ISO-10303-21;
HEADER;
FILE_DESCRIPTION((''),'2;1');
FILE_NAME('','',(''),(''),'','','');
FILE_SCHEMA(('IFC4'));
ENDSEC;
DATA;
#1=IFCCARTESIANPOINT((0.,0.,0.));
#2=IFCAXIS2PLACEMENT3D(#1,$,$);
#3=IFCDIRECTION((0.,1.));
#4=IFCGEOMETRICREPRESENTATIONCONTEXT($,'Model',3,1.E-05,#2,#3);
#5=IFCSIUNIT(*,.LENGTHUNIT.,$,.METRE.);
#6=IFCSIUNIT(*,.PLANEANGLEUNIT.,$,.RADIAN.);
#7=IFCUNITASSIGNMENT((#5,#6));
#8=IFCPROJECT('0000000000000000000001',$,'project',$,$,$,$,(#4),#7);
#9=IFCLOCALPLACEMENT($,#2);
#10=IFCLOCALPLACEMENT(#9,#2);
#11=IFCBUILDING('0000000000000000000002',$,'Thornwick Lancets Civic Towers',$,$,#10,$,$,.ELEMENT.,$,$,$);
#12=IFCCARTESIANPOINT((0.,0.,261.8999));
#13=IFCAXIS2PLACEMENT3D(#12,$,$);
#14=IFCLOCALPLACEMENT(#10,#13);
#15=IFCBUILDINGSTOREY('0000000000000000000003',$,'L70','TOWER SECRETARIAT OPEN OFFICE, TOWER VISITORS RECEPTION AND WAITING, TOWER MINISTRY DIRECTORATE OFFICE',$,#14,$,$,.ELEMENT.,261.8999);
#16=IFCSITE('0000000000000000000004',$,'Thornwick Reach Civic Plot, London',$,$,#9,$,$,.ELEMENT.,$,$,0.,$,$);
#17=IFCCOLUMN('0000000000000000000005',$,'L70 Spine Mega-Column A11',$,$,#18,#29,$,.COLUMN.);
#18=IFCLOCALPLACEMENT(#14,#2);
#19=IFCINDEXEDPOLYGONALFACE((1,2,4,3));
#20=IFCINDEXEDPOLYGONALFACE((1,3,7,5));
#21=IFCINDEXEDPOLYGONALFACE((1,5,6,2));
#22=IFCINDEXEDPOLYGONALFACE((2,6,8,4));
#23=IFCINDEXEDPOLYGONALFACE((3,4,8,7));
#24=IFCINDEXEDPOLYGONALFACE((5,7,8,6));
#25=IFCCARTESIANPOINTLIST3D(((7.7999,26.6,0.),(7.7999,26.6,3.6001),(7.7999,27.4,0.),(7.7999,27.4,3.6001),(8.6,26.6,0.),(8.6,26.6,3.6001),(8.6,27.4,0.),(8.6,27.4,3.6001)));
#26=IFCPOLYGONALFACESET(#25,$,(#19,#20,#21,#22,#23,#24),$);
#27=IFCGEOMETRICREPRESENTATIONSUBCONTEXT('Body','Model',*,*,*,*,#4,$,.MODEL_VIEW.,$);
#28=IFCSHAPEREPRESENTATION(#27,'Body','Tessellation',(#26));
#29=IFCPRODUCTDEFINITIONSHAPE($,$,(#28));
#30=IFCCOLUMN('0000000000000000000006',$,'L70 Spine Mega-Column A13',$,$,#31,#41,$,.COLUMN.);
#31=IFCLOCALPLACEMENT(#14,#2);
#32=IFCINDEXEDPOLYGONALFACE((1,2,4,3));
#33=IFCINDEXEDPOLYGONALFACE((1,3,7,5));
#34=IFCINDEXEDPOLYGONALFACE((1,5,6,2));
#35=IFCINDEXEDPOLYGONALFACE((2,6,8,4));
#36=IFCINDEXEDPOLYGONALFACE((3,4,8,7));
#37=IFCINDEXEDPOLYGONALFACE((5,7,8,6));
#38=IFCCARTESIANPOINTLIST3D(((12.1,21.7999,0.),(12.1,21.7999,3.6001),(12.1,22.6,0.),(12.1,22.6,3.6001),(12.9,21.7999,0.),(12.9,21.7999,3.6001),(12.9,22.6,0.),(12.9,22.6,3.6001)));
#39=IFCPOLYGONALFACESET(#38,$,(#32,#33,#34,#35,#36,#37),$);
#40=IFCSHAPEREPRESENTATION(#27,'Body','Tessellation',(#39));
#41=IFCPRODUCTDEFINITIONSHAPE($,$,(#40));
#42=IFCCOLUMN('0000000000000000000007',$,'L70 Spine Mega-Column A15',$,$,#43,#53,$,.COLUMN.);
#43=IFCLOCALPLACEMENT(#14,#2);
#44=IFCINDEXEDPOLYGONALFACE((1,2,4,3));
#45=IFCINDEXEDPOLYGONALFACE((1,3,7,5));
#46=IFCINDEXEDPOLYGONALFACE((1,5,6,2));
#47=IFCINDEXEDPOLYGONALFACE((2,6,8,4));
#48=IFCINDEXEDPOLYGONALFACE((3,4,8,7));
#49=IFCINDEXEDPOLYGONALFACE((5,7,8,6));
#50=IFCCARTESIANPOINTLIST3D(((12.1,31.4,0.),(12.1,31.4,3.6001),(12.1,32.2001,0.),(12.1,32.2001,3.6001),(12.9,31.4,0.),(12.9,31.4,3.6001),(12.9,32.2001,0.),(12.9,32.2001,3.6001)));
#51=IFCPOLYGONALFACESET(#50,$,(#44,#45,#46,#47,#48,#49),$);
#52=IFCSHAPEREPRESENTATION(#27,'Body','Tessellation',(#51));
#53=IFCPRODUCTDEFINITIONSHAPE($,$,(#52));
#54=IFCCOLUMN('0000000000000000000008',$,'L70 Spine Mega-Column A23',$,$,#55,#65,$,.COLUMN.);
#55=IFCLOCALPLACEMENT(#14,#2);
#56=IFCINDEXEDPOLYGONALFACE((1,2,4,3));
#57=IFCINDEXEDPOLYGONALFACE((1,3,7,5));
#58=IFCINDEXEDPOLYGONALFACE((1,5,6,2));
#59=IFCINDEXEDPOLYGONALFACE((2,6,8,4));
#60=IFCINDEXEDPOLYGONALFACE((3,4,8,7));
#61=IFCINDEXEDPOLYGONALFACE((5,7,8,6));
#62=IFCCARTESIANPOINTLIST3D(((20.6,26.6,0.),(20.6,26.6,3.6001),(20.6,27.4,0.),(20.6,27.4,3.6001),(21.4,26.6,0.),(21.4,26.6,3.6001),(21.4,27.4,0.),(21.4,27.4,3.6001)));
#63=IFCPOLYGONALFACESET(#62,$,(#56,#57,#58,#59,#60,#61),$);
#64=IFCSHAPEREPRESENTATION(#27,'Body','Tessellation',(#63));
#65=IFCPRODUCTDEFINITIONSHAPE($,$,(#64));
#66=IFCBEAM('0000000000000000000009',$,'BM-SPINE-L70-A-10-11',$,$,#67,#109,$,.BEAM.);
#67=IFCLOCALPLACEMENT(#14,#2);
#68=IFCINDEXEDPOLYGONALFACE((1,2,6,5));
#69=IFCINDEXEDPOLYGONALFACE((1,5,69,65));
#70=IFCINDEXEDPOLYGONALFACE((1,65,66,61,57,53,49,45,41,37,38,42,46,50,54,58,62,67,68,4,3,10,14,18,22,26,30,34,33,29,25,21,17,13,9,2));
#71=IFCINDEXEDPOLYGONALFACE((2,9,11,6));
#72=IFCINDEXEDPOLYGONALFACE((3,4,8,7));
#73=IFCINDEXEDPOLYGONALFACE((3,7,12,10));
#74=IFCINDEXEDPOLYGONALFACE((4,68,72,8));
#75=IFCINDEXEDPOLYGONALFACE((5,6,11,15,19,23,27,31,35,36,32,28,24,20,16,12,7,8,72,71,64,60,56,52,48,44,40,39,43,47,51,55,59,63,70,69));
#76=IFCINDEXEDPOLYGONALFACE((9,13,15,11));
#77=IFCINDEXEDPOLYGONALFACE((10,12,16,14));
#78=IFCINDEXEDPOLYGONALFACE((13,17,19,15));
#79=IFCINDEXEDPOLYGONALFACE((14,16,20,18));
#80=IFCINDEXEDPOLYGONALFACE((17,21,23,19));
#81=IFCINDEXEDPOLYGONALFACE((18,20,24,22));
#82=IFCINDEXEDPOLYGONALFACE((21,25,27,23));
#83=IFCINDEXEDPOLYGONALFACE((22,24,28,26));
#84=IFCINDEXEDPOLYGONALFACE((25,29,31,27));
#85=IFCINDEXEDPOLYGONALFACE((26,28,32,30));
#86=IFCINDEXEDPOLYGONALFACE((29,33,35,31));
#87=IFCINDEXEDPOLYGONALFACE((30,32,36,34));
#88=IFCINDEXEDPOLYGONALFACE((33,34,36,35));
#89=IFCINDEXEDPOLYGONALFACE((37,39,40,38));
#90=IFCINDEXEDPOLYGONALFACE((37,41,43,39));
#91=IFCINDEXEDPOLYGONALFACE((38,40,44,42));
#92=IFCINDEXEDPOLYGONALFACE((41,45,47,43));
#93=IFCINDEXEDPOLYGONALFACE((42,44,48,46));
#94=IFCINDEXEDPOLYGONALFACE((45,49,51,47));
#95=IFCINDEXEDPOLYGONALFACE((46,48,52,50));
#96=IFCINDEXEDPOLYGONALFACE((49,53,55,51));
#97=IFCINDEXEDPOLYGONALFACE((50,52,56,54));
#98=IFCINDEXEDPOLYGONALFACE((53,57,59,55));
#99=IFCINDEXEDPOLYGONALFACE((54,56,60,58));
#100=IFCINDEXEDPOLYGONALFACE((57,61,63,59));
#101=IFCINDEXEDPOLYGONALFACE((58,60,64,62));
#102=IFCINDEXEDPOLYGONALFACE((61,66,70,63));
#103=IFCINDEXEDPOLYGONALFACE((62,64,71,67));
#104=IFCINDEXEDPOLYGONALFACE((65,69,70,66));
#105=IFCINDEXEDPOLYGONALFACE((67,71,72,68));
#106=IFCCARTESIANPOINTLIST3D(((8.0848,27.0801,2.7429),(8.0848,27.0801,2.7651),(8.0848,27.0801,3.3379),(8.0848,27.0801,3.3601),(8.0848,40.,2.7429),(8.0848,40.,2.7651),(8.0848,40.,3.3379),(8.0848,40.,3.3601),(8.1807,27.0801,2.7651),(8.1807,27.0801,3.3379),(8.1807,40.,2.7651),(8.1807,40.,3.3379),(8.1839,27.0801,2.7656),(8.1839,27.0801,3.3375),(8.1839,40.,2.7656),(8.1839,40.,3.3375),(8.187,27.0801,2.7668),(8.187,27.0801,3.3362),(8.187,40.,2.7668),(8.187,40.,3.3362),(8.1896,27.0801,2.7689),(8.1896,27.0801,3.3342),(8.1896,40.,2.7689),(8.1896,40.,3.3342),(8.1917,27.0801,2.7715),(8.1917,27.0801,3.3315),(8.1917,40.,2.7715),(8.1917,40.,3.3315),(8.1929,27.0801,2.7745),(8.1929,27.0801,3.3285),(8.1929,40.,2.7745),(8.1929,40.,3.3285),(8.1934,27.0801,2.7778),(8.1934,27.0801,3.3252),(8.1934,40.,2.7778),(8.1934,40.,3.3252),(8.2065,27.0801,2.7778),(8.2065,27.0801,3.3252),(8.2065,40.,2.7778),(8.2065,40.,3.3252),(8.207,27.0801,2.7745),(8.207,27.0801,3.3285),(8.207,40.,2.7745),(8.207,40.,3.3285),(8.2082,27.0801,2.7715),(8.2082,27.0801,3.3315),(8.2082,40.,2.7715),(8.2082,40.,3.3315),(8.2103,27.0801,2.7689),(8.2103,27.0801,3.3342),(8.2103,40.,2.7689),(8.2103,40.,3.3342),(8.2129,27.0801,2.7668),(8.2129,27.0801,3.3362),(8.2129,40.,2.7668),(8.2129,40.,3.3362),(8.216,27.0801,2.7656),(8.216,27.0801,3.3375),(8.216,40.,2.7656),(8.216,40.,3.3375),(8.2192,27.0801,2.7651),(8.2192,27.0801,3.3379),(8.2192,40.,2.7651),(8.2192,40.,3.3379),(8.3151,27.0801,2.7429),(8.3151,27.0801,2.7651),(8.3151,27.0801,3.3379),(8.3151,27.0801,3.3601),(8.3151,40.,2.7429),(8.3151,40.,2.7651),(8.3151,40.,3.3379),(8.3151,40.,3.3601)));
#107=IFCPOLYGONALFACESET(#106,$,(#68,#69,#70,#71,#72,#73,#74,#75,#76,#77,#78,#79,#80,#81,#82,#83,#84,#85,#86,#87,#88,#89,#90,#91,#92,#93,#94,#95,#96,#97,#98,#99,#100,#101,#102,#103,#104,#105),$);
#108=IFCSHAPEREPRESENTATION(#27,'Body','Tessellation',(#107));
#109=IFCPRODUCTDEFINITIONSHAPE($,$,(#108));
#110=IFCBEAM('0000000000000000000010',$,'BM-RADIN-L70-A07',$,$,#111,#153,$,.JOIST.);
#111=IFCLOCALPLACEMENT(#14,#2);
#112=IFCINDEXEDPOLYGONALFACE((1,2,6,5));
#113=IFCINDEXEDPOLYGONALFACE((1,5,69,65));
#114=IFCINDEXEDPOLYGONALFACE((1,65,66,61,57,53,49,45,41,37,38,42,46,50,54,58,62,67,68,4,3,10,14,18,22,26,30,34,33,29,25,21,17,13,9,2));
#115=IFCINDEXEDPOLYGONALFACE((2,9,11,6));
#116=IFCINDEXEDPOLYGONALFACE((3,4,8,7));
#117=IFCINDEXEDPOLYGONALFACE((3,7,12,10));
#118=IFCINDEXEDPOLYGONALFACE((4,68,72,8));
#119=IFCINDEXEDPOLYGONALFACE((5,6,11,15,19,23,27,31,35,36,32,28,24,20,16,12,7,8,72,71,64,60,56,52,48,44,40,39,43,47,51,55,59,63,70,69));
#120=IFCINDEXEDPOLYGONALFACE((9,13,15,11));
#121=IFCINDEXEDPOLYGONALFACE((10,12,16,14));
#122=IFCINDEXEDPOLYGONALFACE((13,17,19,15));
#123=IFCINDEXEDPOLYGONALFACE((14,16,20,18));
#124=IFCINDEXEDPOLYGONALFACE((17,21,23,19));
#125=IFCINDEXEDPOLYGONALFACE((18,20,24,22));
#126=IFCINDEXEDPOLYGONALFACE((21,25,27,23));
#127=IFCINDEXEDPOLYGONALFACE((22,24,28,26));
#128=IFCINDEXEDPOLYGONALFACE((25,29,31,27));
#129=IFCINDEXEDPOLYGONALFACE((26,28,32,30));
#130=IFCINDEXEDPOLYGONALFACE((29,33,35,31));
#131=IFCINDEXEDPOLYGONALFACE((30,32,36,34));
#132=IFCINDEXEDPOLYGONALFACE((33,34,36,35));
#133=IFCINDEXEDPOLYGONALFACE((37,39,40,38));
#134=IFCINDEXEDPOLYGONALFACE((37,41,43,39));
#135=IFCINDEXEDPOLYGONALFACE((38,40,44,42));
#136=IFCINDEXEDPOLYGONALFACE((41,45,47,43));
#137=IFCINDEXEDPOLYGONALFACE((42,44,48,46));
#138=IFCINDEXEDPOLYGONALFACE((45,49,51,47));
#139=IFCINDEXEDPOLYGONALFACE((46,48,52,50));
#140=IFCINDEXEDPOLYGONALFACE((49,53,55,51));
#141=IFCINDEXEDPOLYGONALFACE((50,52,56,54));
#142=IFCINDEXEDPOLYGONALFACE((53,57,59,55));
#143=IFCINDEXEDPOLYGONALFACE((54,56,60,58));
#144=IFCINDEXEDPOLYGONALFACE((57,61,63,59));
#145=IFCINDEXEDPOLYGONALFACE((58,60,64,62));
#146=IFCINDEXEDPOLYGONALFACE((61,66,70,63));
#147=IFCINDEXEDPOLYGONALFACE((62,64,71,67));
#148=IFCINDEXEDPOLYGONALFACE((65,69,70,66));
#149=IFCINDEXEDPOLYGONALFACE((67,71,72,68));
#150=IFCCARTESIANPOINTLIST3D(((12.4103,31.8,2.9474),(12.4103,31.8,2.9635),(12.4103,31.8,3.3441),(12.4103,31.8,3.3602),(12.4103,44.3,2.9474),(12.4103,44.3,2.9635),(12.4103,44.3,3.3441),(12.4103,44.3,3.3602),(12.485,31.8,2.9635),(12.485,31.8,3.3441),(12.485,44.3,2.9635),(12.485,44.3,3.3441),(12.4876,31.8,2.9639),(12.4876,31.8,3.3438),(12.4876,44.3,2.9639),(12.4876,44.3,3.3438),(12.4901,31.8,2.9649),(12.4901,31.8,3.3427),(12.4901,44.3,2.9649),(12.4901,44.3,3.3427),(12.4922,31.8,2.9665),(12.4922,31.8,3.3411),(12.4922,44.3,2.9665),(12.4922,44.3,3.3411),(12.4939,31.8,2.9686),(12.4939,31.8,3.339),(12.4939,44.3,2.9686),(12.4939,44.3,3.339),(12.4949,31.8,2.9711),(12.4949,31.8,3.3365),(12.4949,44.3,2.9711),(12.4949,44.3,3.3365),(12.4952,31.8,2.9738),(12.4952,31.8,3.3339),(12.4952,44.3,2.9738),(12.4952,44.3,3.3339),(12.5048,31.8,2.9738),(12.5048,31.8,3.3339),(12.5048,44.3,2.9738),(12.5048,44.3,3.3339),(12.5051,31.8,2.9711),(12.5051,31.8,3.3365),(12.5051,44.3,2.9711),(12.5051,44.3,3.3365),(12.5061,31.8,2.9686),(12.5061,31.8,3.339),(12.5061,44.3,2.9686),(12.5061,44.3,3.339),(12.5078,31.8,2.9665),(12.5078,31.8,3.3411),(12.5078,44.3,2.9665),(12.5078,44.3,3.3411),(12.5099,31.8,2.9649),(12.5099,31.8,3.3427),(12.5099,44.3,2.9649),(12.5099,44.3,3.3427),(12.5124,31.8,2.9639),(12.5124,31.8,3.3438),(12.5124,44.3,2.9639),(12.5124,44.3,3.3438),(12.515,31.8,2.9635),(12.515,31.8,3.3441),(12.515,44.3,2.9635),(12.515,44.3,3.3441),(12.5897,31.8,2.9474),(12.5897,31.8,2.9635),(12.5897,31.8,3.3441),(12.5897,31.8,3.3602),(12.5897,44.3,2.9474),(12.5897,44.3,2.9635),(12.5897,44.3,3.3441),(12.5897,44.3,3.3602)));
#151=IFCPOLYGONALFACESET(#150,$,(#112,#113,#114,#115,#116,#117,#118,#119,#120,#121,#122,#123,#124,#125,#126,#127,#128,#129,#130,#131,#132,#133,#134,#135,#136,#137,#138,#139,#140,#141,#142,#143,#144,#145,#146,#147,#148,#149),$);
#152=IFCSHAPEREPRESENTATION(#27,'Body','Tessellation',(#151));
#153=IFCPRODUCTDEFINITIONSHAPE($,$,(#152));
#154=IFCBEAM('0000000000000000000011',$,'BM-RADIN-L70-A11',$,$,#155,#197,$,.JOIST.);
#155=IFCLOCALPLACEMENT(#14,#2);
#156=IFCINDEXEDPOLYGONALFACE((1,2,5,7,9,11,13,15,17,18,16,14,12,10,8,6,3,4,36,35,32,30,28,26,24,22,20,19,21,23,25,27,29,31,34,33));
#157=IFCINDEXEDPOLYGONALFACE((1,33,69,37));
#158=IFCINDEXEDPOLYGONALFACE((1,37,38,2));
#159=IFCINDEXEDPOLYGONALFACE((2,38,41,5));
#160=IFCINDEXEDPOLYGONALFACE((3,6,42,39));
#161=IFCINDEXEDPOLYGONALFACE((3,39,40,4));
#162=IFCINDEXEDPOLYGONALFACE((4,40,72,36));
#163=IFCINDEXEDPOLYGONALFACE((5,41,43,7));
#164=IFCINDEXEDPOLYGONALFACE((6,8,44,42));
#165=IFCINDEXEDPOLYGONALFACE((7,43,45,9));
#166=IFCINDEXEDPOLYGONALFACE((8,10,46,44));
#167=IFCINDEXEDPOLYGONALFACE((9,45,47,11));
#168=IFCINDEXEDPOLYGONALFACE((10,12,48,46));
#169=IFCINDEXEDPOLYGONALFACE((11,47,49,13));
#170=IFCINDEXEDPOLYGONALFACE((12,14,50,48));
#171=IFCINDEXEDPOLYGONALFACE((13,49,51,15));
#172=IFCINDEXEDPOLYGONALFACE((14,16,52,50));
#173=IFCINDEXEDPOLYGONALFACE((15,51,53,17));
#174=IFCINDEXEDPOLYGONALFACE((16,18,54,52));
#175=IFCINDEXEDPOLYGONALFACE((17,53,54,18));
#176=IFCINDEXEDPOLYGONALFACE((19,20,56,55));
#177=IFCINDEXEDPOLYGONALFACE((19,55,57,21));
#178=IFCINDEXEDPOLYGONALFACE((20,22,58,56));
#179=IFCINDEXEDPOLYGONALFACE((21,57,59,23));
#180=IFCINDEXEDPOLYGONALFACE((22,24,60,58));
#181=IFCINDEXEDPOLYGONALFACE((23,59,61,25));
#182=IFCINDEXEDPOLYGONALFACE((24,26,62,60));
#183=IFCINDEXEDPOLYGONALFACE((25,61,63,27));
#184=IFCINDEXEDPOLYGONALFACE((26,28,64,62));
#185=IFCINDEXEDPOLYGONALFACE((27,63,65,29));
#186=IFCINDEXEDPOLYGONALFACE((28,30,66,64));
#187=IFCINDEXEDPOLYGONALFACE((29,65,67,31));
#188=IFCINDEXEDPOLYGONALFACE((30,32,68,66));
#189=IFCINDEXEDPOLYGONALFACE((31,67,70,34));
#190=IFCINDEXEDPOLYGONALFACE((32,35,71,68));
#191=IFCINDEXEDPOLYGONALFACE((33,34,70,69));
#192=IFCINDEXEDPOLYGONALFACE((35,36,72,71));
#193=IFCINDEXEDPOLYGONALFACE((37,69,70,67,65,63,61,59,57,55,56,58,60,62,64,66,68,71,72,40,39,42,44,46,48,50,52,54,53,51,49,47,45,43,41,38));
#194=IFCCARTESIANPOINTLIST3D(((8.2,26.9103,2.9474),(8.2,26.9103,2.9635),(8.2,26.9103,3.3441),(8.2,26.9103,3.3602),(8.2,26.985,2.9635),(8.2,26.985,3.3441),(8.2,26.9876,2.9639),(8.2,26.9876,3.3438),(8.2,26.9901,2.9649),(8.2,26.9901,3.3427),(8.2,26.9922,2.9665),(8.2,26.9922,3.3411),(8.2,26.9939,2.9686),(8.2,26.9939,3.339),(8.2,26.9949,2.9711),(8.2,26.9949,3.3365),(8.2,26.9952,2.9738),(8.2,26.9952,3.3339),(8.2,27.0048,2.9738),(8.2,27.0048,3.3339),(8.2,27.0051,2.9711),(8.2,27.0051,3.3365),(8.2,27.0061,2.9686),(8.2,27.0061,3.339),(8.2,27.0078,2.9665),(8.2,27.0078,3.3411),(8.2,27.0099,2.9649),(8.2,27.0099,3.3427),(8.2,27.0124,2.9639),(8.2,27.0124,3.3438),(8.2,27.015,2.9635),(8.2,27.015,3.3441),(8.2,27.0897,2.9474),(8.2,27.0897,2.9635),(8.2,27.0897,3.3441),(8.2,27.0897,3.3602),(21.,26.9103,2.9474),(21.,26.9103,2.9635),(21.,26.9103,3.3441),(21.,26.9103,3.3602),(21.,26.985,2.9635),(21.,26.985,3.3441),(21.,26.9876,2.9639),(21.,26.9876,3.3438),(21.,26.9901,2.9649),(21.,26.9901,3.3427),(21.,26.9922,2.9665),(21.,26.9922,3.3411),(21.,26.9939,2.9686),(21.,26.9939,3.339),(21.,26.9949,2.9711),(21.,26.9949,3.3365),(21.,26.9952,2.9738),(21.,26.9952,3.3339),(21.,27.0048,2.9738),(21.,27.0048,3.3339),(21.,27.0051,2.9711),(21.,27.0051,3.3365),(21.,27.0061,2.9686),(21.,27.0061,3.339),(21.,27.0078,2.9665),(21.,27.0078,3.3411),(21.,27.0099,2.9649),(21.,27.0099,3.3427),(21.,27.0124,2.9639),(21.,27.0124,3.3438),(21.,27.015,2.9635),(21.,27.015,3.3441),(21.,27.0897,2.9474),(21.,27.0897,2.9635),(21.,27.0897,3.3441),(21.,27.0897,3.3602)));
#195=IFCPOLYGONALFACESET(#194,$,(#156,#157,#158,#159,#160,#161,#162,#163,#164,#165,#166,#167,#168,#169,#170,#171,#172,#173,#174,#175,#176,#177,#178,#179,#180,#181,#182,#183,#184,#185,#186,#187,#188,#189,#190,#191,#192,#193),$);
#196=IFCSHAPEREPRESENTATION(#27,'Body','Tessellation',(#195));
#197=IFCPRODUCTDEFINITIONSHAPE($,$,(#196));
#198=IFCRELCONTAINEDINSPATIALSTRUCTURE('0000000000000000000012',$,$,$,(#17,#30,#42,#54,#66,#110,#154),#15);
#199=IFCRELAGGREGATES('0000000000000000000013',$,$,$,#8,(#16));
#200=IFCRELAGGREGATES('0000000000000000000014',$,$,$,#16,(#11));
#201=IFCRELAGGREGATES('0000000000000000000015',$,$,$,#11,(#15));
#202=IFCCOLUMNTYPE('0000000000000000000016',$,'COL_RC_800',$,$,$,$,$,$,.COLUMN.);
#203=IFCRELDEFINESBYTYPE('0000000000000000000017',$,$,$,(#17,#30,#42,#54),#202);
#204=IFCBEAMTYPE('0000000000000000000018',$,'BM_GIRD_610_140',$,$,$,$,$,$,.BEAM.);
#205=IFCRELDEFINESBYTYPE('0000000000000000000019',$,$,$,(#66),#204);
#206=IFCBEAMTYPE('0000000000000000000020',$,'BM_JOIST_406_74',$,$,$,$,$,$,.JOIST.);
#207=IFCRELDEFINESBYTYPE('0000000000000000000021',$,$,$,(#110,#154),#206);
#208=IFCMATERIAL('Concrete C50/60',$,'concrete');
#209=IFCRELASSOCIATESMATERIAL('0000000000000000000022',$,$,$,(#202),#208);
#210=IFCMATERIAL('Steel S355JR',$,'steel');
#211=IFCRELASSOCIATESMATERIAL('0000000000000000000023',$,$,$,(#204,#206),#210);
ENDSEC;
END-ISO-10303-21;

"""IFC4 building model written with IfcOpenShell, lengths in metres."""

from ifc_helpers import new_model, si_unit, direction, frame, origin, origin_2d, place, context, subcontext, project, spatial, rectangle, i_section, extrude, material, material_profile, profile_set, type_object, element, save


model = new_model("IFC4")

# Units and contexts
model_context = context("Model", 3, precision=1e-05, world=origin(), true_north=direction((0.0, 1.0)))
body_context = subcontext(model_context, "Body", "Model", "MODEL_VIEW")
ifc_project = project(units=[si_unit("LENGTHUNIT", "METRE"), si_unit("PLANEANGLEUNIT", "RADIAN")], contexts=[model_context])

# Site, building, storey
site_placement = place(None, origin())
site = spatial("IfcSite", under=ifc_project, at=site_placement, Name="Thornwick Reach Civic Plot, London", CompositionType="ELEMENT", RefElevation=0.0)
building_placement = place(site_placement, origin())
building = spatial("IfcBuilding", under=site, at=building_placement, Name="Thornwick Lancets Civic Towers", CompositionType="ELEMENT")
storey_placement = place(building_placement, frame((0.0, 0.0, 261.8999)))
storey = spatial("IfcBuildingStorey", under=building, at=storey_placement, Name="L70", Description="TOWER SECRETARIAT OPEN OFFICE, TOWER VISITORS RECEPTION AND WAITING, TOWER MINISTRY DIRECTORATE OFFICE", CompositionType="ELEMENT", Elevation=261.8999)

# Columns
ifc_material_1 = material(Name="Concrete C50/60", Category="concrete")
ifc_material_profile_1 = material_profile(ifc_material_1, rectangle(XDim=0.8, YDim=0.8, at=origin_2d()), Name="RC 800x800")
ifc_profile_set_1 = profile_set([ifc_material_profile_1], Name="Concrete C50/60")
column_type = type_object("IfcColumnType", Name="COL_RC_800", PredefinedType="COLUMN", material=ifc_profile_set_1)
for number, where, z_axis, x_axis, name in (
    (1, (8.2, 27.0, 0.0), (0.0, 0.0, 1.0), (1.0, 0.0, 0.0), "L70 Spine Mega-Column A11"),
    (2, (12.5, 22.2, 0.0), (0.0, 0.0, 1.0), (1.0, 0.0, 0.0), "L70 Spine Mega-Column A13"),
    (3, (12.5, 31.8, 0.0), (0.0, 0.0, 1.0), (1.0, 0.0, 0.0), "L70 Spine Mega-Column A15"),
    (4, (21.0, 27.0, 0.0), (0.0, 0.0, 1.0), (1.0, 0.0, 0.0), "L70 Spine Mega-Column A23"),
):
    element("IfcColumn", number, at=place(storey_placement, frame(where, z_axis=z_axis, x_axis=x_axis)), inside=storey, type_object=column_type, Name=name, PredefinedType="COLUMN", context=body_context, shape_type="SweptSolid", body=[
        extrude(rectangle(XDim=0.8, YDim=0.8, at=origin_2d()), origin(), (0.0, 0.0, 1.0), 3.6001),
    ])

# Beams
ifc_material_2 = material(Name="Steel S355JR", Category="steel")
ifc_material_profile_2 = material_profile(ifc_material_2, i_section(OverallWidth=0.2302, OverallDepth=0.6172, WebThickness=0.0132, FlangeThickness=0.0222, FilletRadius=0.0127, at=origin_2d()), Name="UKB 610x229x140")
ifc_profile_set_2 = profile_set([ifc_material_profile_2], Name="Steel S355JR")
beam_type_1 = type_object("IfcBeamType", Name="BM_GIRD_610_140", PredefinedType="BEAM", material=ifc_profile_set_2)
beam_1_placement = place(storey_placement, frame((8.2, 27.0801, 3.0515), z_axis=(0.0, 1.0, 0.0), x_axis=(-1.0, 0.0, 0.0)))
element("IfcBeam", 5, at=beam_1_placement, inside=storey, type_object=beam_type_1, Name="BM-SPINE-L70-A-10-11", PredefinedType="BEAM", context=body_context, shape_type="SweptSolid", body=[
    extrude(i_section(OverallWidth=0.2302, OverallDepth=0.6172, WebThickness=0.0132, FlangeThickness=0.0222, FilletRadius=0.0127, at=origin_2d()), origin(), (0.0, 0.0, 1.0), 12.9199),
])
ifc_material_profile_3 = material_profile(ifc_material_2, i_section(OverallWidth=0.1794, OverallDepth=0.4128, WebThickness=0.0095, FlangeThickness=0.0161, FilletRadius=0.0103, at=origin_2d()), Name="UKB 406x178x74")
ifc_profile_set_3 = profile_set([ifc_material_profile_3], Name="Steel S355JR")
beam_type_2 = type_object("IfcBeamType", Name="BM_JOIST_406_74", PredefinedType="JOIST", material=ifc_profile_set_3)
beam_2_placement = place(storey_placement, frame((12.5, 31.8, 3.1538), z_axis=(0.0, 1.0, 0.0), x_axis=(-1.0, 0.0, 0.0)))
element("IfcBeam", 6, at=beam_2_placement, inside=storey, type_object=beam_type_2, Name="BM-RADIN-L70-A07", PredefinedType="JOIST", context=body_context, shape_type="SweptSolid", body=[
    extrude(i_section(OverallWidth=0.1794, OverallDepth=0.4128, WebThickness=0.0095, FlangeThickness=0.0161, FilletRadius=0.0103, at=origin_2d()), origin(), (0.0, 0.0, 1.0), 12.5),
])
beam_3_placement = place(storey_placement, frame((21.0, 27.0, 3.1538), z_axis=(-1.0, 0.0, 0.0), x_axis=(0.0, -1.0, 0.0)))
element("IfcBeam", 7, at=beam_3_placement, inside=storey, type_object=beam_type_2, Name="BM-RADIN-L70-A11", PredefinedType="JOIST", context=body_context, shape_type="SweptSolid", body=[
    extrude(i_section(OverallWidth=0.1794, OverallDepth=0.4128, WebThickness=0.0095, FlangeThickness=0.0161, FilletRadius=0.0103, at=origin_2d()), origin(), (0.0, 0.0, 1.0), 12.8),
])

save(model, "model.ifc")
